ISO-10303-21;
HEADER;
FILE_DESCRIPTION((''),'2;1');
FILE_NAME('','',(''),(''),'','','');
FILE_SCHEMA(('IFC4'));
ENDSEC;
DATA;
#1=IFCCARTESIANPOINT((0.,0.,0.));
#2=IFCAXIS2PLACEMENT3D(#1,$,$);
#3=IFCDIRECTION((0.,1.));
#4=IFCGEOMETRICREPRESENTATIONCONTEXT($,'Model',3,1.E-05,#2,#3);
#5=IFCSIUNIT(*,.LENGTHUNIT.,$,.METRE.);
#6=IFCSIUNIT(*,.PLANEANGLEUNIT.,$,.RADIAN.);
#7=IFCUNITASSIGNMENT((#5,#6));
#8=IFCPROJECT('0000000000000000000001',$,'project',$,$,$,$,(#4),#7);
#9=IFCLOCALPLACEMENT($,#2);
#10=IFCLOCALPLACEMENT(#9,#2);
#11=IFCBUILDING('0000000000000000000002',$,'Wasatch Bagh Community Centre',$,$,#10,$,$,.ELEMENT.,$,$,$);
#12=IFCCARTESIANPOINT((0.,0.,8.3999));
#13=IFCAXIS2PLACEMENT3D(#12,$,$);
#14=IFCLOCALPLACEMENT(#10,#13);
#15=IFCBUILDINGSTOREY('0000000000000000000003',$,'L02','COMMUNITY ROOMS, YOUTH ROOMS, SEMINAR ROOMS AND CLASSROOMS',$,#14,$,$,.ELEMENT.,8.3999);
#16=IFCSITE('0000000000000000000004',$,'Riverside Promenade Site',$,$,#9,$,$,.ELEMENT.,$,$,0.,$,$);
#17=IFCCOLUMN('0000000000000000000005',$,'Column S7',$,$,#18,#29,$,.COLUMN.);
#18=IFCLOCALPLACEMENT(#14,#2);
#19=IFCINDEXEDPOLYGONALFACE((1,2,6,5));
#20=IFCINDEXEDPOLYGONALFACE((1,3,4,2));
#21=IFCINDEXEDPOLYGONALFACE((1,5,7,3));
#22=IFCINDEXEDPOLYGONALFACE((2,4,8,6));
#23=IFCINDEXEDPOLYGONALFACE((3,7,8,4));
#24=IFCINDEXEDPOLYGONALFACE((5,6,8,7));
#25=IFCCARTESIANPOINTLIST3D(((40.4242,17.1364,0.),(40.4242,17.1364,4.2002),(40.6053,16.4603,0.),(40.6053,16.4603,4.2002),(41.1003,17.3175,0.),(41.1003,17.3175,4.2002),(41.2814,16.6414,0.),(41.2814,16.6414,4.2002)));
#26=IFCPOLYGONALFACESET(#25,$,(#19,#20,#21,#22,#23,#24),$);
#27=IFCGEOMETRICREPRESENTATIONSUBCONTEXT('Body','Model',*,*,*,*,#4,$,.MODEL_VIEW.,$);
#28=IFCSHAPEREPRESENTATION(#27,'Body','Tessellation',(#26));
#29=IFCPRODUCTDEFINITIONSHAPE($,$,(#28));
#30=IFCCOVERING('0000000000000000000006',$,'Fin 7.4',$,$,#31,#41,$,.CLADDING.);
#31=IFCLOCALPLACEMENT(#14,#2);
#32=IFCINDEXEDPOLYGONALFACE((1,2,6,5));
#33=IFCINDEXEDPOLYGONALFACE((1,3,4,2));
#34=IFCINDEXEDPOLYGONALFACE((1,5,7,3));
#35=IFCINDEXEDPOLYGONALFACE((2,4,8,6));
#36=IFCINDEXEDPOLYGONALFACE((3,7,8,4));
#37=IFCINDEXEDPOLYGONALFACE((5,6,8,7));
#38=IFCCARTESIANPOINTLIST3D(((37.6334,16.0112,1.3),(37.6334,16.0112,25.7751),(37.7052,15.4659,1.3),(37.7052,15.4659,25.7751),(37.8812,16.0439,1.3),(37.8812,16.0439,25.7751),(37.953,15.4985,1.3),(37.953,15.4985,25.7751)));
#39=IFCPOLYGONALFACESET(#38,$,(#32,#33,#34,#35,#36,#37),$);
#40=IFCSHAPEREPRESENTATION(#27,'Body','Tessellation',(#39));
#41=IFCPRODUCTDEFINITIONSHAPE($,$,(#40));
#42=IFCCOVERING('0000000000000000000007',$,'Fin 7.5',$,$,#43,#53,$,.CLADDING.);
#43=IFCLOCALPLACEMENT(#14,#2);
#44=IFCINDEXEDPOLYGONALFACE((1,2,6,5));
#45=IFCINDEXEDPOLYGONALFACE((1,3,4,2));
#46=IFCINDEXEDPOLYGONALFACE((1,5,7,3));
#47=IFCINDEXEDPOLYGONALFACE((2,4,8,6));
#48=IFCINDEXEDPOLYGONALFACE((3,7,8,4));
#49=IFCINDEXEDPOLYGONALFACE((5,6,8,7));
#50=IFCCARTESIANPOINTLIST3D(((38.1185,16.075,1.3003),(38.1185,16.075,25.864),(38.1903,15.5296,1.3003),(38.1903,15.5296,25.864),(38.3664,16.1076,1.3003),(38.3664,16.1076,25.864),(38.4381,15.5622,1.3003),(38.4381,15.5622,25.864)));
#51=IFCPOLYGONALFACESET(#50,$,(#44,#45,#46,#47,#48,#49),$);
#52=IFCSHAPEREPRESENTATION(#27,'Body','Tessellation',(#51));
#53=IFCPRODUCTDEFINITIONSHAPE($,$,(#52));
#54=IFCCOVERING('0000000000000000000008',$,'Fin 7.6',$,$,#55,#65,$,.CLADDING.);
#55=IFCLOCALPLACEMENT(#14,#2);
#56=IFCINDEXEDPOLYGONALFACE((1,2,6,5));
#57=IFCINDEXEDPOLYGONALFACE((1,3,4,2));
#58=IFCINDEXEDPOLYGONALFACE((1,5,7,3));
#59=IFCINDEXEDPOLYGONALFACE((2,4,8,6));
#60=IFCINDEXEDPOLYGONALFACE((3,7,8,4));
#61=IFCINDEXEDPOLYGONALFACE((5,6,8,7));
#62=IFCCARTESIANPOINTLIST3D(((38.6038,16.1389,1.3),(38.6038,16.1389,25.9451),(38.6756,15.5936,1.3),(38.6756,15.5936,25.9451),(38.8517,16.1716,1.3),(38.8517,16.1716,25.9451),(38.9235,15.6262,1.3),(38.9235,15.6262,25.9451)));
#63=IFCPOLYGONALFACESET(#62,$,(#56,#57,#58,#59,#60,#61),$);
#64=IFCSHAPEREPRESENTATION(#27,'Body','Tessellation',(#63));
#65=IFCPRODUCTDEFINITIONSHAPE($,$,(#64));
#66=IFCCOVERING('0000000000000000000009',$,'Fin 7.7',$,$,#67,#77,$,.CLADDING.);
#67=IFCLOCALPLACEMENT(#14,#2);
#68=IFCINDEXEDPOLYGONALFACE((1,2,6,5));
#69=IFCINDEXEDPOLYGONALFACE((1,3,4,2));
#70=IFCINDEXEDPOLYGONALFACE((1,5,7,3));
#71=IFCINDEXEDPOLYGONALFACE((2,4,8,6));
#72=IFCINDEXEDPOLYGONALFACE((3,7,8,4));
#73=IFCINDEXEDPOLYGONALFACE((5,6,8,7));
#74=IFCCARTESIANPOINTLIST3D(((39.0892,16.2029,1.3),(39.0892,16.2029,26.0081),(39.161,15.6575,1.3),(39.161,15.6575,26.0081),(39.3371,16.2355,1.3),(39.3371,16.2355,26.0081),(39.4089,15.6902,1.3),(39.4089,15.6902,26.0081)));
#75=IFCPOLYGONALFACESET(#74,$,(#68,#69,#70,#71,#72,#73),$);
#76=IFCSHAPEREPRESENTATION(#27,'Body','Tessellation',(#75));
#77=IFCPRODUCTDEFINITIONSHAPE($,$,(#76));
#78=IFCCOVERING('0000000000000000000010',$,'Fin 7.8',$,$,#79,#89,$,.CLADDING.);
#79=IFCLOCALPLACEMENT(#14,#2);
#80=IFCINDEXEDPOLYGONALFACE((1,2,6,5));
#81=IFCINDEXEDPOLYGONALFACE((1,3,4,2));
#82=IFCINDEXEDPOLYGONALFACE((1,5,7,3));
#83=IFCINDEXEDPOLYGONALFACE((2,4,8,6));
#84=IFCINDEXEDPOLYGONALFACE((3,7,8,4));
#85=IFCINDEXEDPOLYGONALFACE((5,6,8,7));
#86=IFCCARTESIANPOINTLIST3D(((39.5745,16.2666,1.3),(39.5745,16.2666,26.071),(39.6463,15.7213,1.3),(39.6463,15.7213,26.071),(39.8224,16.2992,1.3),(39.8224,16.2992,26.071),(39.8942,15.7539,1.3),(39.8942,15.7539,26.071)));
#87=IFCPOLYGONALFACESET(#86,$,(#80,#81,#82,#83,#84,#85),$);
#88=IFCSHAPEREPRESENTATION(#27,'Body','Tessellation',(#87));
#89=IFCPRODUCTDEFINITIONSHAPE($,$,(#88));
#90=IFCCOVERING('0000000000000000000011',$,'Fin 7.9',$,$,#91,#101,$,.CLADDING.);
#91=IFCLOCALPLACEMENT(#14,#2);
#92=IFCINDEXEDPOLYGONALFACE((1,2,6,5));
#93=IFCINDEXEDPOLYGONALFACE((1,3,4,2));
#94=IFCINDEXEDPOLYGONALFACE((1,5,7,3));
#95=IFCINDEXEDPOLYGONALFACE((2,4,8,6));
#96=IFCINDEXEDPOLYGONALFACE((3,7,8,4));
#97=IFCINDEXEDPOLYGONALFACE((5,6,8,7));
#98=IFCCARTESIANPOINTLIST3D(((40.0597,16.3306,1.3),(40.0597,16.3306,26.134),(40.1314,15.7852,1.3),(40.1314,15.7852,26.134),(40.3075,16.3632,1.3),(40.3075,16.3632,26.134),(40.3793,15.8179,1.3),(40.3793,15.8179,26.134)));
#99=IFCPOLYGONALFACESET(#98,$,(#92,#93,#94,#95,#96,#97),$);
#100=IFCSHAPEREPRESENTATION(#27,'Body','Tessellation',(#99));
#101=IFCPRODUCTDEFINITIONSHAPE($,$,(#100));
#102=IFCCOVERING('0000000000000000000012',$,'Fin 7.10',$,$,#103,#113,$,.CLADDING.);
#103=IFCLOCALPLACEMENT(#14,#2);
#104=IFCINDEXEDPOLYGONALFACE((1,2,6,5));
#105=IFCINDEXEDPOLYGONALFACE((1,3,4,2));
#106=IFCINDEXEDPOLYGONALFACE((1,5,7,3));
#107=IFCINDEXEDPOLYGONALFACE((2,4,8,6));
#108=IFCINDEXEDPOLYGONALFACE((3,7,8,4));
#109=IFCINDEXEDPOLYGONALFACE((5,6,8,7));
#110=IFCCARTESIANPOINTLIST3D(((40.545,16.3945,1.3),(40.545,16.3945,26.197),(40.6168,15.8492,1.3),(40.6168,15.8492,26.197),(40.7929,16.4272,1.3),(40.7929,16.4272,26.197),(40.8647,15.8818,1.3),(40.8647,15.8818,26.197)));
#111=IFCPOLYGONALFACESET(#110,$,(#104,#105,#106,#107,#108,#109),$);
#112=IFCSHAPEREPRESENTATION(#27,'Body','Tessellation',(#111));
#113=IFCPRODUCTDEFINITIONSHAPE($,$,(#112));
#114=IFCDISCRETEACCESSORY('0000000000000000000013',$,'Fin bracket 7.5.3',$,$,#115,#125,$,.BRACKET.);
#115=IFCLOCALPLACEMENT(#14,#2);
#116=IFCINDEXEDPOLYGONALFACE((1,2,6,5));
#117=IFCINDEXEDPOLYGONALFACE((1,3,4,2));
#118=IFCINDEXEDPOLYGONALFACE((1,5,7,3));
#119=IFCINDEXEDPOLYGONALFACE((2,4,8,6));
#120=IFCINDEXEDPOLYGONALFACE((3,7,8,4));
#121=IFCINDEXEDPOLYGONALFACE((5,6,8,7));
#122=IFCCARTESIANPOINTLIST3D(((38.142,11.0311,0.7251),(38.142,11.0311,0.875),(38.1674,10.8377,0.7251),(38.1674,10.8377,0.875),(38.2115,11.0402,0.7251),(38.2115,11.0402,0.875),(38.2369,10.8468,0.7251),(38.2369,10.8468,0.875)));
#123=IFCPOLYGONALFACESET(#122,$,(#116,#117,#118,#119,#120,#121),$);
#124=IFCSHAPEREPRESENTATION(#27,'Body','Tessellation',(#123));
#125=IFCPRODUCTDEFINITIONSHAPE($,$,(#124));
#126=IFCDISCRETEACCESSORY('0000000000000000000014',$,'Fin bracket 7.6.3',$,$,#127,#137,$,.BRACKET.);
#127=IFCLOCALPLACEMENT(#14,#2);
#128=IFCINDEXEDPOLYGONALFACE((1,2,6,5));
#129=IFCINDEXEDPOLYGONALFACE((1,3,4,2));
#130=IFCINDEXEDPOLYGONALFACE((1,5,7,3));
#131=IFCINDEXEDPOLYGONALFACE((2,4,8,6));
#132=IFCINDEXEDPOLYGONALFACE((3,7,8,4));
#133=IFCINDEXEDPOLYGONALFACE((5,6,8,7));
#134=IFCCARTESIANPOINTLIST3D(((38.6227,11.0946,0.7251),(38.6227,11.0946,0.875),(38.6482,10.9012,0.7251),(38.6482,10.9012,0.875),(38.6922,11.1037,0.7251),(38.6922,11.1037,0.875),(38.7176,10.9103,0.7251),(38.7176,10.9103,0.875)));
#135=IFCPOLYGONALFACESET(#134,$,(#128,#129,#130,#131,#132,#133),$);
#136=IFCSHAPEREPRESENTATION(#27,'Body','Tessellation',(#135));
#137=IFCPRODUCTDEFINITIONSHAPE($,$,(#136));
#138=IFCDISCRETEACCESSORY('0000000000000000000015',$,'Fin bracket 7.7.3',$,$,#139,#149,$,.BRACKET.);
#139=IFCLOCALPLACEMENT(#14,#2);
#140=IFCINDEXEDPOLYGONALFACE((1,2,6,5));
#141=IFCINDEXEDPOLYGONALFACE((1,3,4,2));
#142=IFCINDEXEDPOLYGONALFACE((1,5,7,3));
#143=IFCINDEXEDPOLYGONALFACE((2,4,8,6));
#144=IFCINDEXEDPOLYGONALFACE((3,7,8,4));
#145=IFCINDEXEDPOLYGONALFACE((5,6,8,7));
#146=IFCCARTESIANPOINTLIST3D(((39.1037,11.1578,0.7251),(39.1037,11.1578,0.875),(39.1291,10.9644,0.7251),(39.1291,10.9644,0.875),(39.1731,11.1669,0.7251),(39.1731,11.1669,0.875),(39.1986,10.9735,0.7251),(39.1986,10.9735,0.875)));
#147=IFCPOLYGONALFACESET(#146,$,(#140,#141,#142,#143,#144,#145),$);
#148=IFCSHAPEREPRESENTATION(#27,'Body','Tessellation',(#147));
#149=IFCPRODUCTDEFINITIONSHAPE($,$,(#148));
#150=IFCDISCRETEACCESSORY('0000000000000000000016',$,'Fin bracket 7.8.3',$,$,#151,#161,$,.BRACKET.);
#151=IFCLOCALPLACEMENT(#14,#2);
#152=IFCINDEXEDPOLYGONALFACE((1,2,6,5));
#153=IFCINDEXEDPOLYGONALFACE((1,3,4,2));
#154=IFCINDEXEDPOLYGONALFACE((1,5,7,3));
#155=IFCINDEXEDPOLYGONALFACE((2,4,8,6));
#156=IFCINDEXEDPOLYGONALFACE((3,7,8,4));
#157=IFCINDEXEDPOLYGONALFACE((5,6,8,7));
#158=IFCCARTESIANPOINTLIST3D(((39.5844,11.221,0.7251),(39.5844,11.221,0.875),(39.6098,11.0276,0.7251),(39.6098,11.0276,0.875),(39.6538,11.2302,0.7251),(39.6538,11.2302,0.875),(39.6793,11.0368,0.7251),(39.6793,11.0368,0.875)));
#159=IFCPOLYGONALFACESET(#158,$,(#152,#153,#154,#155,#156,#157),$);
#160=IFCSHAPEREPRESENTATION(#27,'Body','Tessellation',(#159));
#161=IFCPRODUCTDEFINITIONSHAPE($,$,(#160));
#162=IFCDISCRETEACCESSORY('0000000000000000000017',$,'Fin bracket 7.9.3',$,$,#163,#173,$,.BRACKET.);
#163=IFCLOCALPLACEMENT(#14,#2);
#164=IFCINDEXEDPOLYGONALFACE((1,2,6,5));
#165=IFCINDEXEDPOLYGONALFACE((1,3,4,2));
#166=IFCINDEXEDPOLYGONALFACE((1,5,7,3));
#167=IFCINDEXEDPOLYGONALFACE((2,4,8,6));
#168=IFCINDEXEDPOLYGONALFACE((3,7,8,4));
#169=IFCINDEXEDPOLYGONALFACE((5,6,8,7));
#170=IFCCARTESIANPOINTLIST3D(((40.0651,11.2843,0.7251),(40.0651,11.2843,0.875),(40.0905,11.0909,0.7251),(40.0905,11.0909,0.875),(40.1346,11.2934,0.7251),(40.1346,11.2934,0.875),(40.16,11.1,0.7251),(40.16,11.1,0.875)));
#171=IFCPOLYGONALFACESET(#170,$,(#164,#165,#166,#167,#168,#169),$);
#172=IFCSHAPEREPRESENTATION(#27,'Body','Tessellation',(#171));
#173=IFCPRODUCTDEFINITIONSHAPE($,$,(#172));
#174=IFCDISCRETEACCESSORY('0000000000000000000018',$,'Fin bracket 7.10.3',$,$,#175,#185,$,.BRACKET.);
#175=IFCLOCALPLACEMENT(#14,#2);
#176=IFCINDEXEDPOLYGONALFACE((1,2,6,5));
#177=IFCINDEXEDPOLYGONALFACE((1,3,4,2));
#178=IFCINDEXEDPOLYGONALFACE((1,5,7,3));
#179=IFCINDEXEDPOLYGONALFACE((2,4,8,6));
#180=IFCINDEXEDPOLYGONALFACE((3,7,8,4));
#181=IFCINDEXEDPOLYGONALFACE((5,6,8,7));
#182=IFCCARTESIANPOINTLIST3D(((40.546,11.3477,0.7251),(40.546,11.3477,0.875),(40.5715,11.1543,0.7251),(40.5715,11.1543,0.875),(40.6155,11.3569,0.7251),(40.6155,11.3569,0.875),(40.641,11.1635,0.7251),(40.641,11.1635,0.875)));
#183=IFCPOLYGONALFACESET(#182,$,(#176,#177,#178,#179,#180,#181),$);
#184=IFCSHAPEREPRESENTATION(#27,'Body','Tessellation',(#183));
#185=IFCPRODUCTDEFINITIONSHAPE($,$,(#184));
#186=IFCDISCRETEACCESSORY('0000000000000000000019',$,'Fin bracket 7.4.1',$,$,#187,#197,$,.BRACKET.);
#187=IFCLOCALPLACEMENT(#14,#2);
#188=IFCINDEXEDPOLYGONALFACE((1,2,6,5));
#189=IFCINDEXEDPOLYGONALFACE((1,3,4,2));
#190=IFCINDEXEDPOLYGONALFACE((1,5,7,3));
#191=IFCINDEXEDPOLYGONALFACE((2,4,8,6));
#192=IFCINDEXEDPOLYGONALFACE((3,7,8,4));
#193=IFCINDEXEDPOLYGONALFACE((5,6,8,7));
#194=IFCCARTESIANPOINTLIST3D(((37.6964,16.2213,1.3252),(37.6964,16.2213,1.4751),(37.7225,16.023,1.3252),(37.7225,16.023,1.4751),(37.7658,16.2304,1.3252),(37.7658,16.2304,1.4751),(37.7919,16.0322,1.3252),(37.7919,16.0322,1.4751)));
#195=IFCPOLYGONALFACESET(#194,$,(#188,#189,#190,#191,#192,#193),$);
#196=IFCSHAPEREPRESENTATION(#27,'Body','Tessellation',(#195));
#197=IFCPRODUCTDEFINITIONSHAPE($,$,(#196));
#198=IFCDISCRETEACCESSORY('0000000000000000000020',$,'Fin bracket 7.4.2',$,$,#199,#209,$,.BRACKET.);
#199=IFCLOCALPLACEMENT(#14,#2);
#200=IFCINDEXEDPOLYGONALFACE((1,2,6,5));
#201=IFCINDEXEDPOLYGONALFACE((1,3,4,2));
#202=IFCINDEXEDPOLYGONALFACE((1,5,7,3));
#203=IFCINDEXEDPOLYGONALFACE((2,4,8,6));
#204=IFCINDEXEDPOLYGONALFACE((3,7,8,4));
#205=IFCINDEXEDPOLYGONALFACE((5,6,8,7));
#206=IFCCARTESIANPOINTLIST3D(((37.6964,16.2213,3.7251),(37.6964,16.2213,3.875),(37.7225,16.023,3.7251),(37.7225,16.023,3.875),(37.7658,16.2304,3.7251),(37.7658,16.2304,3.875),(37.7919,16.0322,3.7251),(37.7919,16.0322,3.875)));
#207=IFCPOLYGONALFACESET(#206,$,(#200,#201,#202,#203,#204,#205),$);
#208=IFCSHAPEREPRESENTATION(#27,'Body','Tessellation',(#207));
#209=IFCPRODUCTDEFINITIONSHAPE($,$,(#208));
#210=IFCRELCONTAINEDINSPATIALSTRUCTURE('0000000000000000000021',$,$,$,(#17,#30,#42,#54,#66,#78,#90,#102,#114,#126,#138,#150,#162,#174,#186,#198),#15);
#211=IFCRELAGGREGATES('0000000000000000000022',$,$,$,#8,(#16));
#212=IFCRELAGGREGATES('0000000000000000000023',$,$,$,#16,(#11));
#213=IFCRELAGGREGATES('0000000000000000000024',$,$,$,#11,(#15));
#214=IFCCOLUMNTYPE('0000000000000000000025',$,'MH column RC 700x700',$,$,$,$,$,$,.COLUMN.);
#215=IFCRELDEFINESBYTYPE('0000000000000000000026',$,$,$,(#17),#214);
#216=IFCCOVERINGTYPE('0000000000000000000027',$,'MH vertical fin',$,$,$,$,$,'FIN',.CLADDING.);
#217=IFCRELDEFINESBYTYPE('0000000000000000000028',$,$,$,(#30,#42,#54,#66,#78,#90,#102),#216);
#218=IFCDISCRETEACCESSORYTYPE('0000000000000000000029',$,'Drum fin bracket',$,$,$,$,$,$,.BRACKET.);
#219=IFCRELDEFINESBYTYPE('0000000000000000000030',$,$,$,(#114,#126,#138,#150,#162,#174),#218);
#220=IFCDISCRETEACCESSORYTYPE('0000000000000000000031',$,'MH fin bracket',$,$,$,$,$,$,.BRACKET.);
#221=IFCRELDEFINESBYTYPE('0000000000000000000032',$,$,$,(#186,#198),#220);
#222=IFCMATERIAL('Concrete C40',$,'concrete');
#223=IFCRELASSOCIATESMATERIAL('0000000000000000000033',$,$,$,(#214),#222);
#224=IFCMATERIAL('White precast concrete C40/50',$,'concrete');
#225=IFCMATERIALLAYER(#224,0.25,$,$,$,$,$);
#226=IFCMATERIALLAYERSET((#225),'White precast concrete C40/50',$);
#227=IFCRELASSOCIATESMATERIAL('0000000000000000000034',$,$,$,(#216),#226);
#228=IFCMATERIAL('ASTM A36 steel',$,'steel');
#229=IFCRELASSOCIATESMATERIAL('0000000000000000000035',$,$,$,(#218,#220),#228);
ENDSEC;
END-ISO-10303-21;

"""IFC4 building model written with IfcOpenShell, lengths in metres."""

from ifc_helpers import new_model, si_unit, direction, frame, origin, origin_2d, place, context, subcontext, project, spatial, rectangle, extrude, material, layer, layer_set, material_profile, profile_set, type_object, element, save


model = new_model("IFC4")

# Units and contexts
model_context = context("Model", 3, precision=1e-05, world=origin(), true_north=direction((0.0, 1.0)))
body_context = subcontext(model_context, "Body", "Model", "MODEL_VIEW")
ifc_project = project(units=[si_unit("LENGTHUNIT", "METRE"), si_unit("PLANEANGLEUNIT", "RADIAN")], contexts=[model_context])

# Site, building, storey
site_placement = place(None, origin())
site = spatial("IfcSite", under=ifc_project, at=site_placement, Name="Riverside Promenade Site", CompositionType="ELEMENT", RefElevation=0.0)
building_placement = place(site_placement, origin())
building = spatial("IfcBuilding", under=site, at=building_placement, Name="Wasatch Bagh Community Centre", CompositionType="ELEMENT")
storey_placement = place(building_placement, frame((0.0, 0.0, 8.3999)))
storey = spatial("IfcBuildingStorey", under=building, at=storey_placement, Name="L02", Description="COMMUNITY ROOMS, YOUTH ROOMS, SEMINAR ROOMS AND CLASSROOMS", CompositionType="ELEMENT", Elevation=8.3999)

# Column
ifc_material_1 = material(Name="Concrete C40", Category="concrete")
ifc_material_profile = material_profile(ifc_material_1, rectangle(XDim=0.7, YDim=0.7, at=origin_2d()), Name="RC 700x700")
ifc_profile_set = profile_set([ifc_material_profile], Name="Concrete C40")
column_type = type_object("IfcColumnType", Name="MH column RC 700x700", PredefinedType="COLUMN", material=ifc_profile_set)
column_placement = place(storey_placement, frame((40.8528, 16.8889, 0.0), z_axis=(0.0, 0.0, 1.0), x_axis=(0.965926, 0.258819, 0.0)))
element("IfcColumn", 1, at=column_placement, inside=storey, type_object=column_type, Name="Column S7", PredefinedType="COLUMN", context=body_context, shape_type="SweptSolid", body=[
    extrude(rectangle(XDim=0.7, YDim=0.7, at=origin_2d()), origin(), (0.0, 0.0, 1.0), 4.2002),
])

# Coverings
ifc_material_2 = material(Name="White precast concrete C40/50", Category="concrete")
ifc_layer = layer(ifc_material_2, 0.25)
ifc_layer_set = layer_set([ifc_layer], Name="White precast concrete C40/50")
covering_type = type_object("IfcCoveringType", Name="MH vertical fin", ElementType="FIN", PredefinedType="CLADDING", material=ifc_layer_set)
covering_1_placement = place(storey_placement, frame((37.7932, 15.7549, 1.3), z_axis=(0.0, 0.0, 1.0), x_axis=(0.991445, 0.130526, 0.0)))
element("IfcCovering", 2, at=covering_1_placement, inside=storey, type_object=covering_type, Name="Fin 7.4", PredefinedType="CLADDING", context=body_context, shape_type="SweptSolid", body=[
    extrude(rectangle(XDim=0.25, YDim=0.55, at=origin_2d()), origin(), (0.0, 0.0, 1.0), 24.4751),
])
covering_2_placement = place(storey_placement, frame((38.2783, 15.8186, 1.3003), z_axis=(0.0, 0.0, 1.0), x_axis=(0.991445, 0.130526, 0.0)))
element("IfcCovering", 3, at=covering_2_placement, inside=storey, type_object=covering_type, Name="Fin 7.5", PredefinedType="CLADDING", context=body_context, shape_type="SweptSolid", body=[
    extrude(rectangle(XDim=0.25, YDim=0.55, at=origin_2d()), origin(), (0.0, 0.0, 1.0), 24.5637),
])
covering_3_placement = place(storey_placement, frame((38.7637, 15.8826, 1.3), z_axis=(0.0, 0.0, 1.0), x_axis=(0.991445, 0.130526, 0.0)))
element("IfcCovering", 4, at=covering_3_placement, inside=storey, type_object=covering_type, Name="Fin 7.6", PredefinedType="CLADDING", context=body_context, shape_type="SweptSolid", body=[
    extrude(rectangle(XDim=0.25, YDim=0.55, at=origin_2d()), origin(), (0.0, 0.0, 1.0), 24.645),
])
covering_4_placement = place(storey_placement, frame((39.249, 15.9465, 1.3), z_axis=(0.0, 0.0, 1.0), x_axis=(0.991445, 0.130526, 0.0)))
element("IfcCovering", 5, at=covering_4_placement, inside=storey, type_object=covering_type, Name="Fin 7.7", PredefinedType="CLADDING", context=body_context, shape_type="SweptSolid", body=[
    extrude(rectangle(XDim=0.25, YDim=0.55, at=origin_2d()), origin(), (0.0, 0.0, 1.0), 24.708),
])
covering_5_placement = place(storey_placement, frame((39.7344, 16.0103, 1.3), z_axis=(0.0, 0.0, 1.0), x_axis=(0.991445, 0.130526, 0.0)))
element("IfcCovering", 6, at=covering_5_placement, inside=storey, type_object=covering_type, Name="Fin 7.8", PredefinedType="CLADDING", context=body_context, shape_type="SweptSolid", body=[
    extrude(rectangle(XDim=0.25, YDim=0.55, at=origin_2d()), origin(), (0.0, 0.0, 1.0), 24.771),
])
covering_6_placement = place(storey_placement, frame((40.2195, 16.0742, 1.3), z_axis=(0.0, 0.0, 1.0), x_axis=(0.991445, 0.130526, 0.0)))
element("IfcCovering", 7, at=covering_6_placement, inside=storey, type_object=covering_type, Name="Fin 7.9", PredefinedType="CLADDING", context=body_context, shape_type="SweptSolid", body=[
    extrude(rectangle(XDim=0.25, YDim=0.55, at=origin_2d()), origin(), (0.0, 0.0, 1.0), 24.834),
])
covering_7_placement = place(storey_placement, frame((40.7048, 16.1382, 1.3), z_axis=(0.0, 0.0, 1.0), x_axis=(0.991445, 0.130526, 0.0)))
element("IfcCovering", 8, at=covering_7_placement, inside=storey, type_object=covering_type, Name="Fin 7.10", PredefinedType="CLADDING", context=body_context, shape_type="SweptSolid", body=[
    extrude(rectangle(XDim=0.25, YDim=0.55, at=origin_2d()), origin(), (0.0, 0.0, 1.0), 24.897),
])

# Discrete accessories
ifc_material_3 = material(Name="ASTM A36 steel", Category="steel")
discrete_accessory_type_1 = type_object("IfcDiscreteAccessoryType", Name="Drum fin bracket", PredefinedType="BRACKET", material=ifc_material_3)
for number, where, z_axis, x_axis, name in (
    (9, (38.1895, 10.939, 0.7251), (0.0, 0.0, 1.0), (0.991445, 0.130526, 0.0), "Fin bracket 7.5.3"),
    (10, (38.6702, 11.0024, 0.7251), (0.0, 0.0, 1.0), (0.991445, 0.130526, 0.0), "Fin bracket 7.6.3"),
    (11, (39.1511, 11.0657, 0.7251), (0.0, 0.0, 1.0), (0.991445, 0.130526, 0.0), "Fin bracket 7.7.3"),
    (12, (39.6318, 11.1289, 0.7251), (0.0, 0.0, 1.0), (0.991445, 0.130526, 0.0), "Fin bracket 7.8.3"),
    (13, (40.1125, 11.1921, 0.7251), (0.0, 0.0, 1.0), (0.991445, 0.130526, 0.0), "Fin bracket 7.9.3"),
    (14, (40.5935, 11.2556, 0.7251), (0.0, 0.0, 1.0), (0.991445, 0.130526, 0.0), "Fin bracket 7.10.3"),
):
    element("IfcDiscreteAccessory", number, at=place(storey_placement, frame(where, z_axis=z_axis, x_axis=x_axis)), inside=storey, type_object=discrete_accessory_type_1, Name=name, PredefinedType="BRACKET", context=body_context, shape_type="SweptSolid", body=[
        extrude(rectangle(XDim=0.0701, YDim=0.1951, at=origin_2d()), origin(), (0.0, 0.0, 1.0), 0.1499),
    ])
discrete_accessory_type_2 = type_object("IfcDiscreteAccessoryType", Name="MH fin bracket", PredefinedType="BRACKET", material=ifc_material_3)
for number, where, z_axis, x_axis, name in (
    (15, (37.7441, 16.1267, 1.3252), (0.0, 0.0, 1.0), (0.991445, 0.130526, 0.0), "Fin bracket 7.4.1"),
    (16, (37.7441, 16.1267, 3.7251), (0.0, 0.0, 1.0), (0.991445, 0.130526, 0.0), "Fin bracket 7.4.2"),
):
    element("IfcDiscreteAccessory", number, at=place(storey_placement, frame(where, z_axis=z_axis, x_axis=x_axis)), inside=storey, type_object=discrete_accessory_type_2, Name=name, PredefinedType="BRACKET", context=body_context, shape_type="SweptSolid", body=[
        extrude(rectangle(XDim=0.0701, YDim=0.2, at=origin_2d()), origin(), (0.0, 0.0, 1.0), 0.1499),
    ])

save(model, "model.ifc")
